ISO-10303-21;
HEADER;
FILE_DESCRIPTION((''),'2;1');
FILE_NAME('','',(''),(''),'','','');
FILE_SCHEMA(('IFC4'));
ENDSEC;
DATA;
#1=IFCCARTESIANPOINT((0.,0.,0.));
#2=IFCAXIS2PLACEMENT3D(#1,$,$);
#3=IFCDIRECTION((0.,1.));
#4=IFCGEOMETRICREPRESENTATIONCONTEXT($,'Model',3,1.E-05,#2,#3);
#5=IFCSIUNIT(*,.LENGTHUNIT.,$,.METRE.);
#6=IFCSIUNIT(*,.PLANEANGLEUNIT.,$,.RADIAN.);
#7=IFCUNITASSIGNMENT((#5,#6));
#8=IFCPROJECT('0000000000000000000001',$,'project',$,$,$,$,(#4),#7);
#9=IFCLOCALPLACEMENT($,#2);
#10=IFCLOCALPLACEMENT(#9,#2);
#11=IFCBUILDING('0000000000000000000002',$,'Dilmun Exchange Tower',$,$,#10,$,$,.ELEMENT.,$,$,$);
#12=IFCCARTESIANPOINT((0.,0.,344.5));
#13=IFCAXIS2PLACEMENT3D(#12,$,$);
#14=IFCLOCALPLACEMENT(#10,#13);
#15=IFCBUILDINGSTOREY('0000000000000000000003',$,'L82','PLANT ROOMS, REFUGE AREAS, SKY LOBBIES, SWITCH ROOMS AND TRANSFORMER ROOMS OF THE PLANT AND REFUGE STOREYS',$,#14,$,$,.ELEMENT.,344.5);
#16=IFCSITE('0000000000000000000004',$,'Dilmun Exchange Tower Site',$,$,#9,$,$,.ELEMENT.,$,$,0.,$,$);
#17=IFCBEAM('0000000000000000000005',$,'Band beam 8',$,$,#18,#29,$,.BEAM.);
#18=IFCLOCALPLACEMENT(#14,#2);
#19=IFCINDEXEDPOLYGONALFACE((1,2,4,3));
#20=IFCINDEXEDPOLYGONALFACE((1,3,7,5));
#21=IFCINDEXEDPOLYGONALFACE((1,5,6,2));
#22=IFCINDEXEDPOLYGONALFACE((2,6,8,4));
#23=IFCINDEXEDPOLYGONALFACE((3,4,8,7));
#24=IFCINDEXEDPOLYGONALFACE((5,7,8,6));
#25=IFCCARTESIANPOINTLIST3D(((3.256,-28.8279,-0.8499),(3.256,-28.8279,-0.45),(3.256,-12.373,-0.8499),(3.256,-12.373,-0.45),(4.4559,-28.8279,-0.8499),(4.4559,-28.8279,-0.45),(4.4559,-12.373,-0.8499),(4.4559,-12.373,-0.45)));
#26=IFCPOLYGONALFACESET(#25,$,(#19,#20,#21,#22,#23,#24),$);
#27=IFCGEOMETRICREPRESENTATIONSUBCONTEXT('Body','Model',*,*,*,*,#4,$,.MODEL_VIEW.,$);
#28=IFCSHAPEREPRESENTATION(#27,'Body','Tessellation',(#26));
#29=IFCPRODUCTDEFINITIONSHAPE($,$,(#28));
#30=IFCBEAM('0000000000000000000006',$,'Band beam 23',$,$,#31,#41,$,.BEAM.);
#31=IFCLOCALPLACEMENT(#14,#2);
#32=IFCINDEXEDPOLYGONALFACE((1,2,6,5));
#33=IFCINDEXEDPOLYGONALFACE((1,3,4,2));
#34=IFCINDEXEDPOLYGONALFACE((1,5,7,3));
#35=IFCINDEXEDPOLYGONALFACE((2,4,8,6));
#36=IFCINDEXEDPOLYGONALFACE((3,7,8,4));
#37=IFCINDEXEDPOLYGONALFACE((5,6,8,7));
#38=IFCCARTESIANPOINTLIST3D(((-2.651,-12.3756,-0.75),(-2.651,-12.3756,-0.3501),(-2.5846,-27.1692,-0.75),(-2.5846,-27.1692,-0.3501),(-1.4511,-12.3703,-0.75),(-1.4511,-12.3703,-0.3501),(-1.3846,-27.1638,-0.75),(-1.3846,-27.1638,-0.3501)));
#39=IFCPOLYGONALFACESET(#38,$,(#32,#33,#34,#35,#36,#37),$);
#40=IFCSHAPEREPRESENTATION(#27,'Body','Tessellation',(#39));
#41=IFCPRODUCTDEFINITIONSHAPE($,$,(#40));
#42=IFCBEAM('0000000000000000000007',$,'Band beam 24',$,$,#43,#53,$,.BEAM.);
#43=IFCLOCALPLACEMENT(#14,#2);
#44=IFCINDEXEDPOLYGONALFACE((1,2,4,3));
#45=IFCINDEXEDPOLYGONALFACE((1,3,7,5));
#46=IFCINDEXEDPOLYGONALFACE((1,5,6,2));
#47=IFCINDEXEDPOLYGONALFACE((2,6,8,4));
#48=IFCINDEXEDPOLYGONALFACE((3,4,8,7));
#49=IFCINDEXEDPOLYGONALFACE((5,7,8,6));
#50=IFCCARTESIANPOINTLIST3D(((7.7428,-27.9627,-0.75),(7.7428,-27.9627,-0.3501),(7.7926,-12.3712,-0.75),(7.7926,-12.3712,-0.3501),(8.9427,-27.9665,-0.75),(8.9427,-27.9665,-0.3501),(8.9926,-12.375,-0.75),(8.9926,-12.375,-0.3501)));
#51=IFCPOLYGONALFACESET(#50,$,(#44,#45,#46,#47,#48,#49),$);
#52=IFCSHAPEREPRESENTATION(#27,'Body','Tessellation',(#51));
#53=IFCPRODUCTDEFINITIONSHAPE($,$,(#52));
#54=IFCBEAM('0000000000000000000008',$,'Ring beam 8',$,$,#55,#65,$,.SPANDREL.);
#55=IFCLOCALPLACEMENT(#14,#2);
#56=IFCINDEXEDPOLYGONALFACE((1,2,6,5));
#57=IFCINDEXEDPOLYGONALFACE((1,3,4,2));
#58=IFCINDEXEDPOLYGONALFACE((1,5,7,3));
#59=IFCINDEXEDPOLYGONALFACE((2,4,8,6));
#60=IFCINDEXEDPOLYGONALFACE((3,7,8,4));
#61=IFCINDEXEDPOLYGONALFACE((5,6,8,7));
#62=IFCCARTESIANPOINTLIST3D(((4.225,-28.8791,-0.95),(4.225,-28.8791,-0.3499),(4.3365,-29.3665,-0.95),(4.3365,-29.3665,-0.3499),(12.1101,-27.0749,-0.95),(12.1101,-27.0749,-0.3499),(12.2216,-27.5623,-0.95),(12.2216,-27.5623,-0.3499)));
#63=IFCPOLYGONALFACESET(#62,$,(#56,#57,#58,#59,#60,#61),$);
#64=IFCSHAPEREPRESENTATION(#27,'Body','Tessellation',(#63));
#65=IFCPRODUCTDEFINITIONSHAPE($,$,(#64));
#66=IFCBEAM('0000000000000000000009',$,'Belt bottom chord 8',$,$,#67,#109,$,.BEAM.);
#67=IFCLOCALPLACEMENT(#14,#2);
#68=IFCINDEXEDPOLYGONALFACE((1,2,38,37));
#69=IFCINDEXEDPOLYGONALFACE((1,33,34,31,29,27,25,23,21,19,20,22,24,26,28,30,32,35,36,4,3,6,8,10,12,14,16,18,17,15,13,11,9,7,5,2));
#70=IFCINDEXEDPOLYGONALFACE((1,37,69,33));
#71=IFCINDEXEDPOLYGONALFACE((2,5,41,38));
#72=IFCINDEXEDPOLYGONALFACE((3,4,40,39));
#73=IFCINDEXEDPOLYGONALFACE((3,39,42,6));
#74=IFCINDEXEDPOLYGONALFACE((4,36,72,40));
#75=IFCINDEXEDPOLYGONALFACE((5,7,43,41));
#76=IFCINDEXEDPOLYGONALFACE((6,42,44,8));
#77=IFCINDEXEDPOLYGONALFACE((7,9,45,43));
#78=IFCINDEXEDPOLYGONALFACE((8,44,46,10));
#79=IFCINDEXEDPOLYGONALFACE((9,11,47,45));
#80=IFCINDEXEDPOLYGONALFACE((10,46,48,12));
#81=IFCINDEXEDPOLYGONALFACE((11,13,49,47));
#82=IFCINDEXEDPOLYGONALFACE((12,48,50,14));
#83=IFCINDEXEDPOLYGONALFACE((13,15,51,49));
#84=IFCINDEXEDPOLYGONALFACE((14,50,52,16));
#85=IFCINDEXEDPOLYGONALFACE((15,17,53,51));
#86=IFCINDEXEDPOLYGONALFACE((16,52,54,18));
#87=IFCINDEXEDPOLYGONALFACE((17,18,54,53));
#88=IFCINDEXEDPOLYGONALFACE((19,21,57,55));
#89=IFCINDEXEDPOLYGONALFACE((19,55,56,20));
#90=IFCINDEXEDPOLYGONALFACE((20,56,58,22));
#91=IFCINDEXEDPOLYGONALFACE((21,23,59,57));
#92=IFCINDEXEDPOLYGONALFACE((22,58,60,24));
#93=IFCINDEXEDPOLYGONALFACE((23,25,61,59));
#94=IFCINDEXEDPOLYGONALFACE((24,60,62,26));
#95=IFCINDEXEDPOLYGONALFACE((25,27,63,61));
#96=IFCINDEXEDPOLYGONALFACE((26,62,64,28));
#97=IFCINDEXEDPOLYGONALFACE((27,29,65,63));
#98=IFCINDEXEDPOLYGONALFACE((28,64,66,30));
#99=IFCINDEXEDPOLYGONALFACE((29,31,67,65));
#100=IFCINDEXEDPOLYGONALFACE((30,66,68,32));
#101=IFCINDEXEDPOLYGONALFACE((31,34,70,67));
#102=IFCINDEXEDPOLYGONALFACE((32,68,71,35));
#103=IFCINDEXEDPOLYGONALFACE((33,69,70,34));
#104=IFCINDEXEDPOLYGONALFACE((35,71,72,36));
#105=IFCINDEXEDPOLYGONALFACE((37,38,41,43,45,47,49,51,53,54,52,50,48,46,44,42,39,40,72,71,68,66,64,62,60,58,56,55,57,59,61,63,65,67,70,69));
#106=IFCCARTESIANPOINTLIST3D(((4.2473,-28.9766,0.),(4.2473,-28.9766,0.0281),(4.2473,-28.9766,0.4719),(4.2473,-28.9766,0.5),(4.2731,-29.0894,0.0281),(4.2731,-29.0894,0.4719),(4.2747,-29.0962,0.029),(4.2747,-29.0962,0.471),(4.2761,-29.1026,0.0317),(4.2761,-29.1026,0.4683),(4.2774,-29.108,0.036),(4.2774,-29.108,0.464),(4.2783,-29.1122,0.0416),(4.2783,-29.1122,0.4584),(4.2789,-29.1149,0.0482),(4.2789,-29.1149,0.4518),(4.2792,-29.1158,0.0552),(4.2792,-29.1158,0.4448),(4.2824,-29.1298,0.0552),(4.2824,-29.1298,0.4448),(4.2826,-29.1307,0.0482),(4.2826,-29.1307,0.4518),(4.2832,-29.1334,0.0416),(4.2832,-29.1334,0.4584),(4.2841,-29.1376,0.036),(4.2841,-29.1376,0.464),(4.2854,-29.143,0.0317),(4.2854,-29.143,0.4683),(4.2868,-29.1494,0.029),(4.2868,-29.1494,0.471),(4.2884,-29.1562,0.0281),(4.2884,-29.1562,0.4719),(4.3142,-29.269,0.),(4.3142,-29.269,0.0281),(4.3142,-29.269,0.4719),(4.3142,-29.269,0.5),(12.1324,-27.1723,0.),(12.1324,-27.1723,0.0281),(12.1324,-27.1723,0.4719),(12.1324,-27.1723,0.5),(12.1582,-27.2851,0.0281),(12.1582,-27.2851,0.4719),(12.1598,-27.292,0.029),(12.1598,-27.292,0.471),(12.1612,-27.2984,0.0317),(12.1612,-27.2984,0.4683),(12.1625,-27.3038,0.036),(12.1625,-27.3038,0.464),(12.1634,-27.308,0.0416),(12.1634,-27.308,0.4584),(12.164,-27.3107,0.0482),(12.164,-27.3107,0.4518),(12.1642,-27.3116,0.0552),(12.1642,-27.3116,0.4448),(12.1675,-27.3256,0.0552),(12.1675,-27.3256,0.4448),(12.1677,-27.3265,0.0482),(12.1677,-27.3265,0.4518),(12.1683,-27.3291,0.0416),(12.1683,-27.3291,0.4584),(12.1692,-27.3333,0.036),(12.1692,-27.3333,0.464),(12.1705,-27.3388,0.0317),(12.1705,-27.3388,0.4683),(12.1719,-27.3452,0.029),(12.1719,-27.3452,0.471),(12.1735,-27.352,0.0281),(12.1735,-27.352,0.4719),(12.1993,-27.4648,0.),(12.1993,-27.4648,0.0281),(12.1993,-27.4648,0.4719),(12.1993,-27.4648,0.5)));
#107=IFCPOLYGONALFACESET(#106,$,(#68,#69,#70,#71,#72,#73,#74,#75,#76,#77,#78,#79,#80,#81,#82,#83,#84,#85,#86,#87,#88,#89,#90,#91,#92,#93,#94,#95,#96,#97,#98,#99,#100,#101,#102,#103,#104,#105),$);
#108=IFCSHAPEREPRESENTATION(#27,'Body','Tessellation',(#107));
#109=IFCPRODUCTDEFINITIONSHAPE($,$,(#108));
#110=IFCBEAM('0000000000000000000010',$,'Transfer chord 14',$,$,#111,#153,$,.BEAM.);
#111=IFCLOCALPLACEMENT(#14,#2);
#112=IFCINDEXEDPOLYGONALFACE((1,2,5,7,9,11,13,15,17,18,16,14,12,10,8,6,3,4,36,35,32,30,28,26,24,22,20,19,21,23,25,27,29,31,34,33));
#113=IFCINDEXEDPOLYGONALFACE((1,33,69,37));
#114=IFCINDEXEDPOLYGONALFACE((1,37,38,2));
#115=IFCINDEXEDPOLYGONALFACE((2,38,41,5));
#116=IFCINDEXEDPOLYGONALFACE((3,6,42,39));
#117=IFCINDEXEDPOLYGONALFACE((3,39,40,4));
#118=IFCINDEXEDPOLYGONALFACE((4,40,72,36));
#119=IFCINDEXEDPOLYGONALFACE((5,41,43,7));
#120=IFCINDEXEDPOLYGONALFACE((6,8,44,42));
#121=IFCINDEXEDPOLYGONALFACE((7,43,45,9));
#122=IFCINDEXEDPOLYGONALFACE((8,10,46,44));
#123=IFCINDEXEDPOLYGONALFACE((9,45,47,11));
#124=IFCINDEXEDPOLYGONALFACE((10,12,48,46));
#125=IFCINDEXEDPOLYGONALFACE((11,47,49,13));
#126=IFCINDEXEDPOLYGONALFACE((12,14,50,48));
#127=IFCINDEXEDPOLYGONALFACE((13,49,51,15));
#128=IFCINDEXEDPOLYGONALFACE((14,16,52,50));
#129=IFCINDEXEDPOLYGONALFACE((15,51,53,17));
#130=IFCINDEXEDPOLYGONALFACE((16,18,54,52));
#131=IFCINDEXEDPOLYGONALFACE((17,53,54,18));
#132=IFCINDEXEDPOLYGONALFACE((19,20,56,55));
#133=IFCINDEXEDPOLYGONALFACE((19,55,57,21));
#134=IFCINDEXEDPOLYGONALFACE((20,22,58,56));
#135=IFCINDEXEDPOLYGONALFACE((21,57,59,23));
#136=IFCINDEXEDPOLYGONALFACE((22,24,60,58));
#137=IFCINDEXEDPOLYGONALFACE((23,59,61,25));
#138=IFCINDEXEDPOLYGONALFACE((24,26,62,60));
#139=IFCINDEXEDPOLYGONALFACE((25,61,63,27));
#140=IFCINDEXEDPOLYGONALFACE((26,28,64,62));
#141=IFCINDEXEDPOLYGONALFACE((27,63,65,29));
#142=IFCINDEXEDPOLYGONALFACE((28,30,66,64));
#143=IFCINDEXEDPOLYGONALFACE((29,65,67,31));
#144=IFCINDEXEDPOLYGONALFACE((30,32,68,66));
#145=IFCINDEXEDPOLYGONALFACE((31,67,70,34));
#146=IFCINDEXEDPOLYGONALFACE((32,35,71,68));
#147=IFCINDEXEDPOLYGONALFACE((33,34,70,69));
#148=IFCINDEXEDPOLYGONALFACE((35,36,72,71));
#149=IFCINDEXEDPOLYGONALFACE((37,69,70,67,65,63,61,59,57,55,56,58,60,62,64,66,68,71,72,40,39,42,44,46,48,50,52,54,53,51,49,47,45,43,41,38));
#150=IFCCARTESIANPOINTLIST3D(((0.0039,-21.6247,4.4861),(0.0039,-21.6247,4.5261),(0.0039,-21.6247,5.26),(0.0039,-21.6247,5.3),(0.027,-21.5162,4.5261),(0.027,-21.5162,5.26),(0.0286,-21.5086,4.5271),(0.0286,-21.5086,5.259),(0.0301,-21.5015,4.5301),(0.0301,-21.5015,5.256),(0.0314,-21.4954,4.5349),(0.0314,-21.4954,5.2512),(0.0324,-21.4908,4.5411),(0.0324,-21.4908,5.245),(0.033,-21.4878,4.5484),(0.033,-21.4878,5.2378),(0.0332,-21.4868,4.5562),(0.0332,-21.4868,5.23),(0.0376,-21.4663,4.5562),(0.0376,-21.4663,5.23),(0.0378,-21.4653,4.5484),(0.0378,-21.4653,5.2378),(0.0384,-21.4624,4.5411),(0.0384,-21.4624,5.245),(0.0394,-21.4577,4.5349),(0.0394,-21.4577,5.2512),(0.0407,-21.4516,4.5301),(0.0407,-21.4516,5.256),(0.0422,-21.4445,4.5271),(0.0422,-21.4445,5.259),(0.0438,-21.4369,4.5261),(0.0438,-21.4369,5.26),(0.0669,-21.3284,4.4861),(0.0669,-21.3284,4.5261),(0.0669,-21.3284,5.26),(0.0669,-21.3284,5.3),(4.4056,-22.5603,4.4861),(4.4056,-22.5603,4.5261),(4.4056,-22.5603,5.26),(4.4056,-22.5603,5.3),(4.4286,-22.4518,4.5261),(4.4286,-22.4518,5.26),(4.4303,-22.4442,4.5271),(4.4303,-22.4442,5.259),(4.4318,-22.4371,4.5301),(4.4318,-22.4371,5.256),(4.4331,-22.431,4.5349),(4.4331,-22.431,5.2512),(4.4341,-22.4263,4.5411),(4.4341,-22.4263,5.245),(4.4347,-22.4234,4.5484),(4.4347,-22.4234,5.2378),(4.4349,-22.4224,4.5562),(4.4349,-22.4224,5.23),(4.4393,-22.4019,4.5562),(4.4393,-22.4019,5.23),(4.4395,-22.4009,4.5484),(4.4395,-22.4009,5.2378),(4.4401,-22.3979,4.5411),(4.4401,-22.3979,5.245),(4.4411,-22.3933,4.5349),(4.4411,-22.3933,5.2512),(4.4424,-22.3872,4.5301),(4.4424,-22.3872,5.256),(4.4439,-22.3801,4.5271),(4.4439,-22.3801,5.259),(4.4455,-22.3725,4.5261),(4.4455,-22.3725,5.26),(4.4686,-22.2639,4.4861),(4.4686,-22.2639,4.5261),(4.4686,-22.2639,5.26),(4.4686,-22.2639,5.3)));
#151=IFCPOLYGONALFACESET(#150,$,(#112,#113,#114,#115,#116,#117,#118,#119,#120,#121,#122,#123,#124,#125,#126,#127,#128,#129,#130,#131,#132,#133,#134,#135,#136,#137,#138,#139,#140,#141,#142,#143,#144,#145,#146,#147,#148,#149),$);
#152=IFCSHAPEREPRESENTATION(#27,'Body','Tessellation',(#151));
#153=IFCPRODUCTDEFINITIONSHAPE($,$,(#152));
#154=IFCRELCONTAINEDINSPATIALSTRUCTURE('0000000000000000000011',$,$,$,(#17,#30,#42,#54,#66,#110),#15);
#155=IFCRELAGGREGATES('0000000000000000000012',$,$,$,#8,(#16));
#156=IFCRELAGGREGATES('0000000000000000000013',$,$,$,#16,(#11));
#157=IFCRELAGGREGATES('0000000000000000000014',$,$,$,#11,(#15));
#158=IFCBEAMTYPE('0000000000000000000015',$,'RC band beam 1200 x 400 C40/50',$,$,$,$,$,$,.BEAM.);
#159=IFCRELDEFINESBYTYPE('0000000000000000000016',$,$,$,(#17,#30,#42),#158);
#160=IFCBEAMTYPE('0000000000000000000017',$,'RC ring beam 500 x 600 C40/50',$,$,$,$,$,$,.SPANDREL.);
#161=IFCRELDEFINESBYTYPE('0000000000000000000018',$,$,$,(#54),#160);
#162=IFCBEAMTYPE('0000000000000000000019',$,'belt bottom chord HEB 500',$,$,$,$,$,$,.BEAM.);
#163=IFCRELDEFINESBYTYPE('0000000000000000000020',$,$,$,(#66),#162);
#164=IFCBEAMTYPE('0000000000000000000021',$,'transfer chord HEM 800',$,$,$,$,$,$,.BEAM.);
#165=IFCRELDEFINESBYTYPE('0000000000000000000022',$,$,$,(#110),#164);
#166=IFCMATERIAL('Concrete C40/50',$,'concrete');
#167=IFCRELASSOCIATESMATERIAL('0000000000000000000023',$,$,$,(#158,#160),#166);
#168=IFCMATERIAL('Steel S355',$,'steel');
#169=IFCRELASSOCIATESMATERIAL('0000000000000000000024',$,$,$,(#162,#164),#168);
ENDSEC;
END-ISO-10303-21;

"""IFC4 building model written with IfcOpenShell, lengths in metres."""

from ifc_helpers import new_model, si_unit, direction, frame, origin, origin_2d, place, context, subcontext, project, spatial, rectangle, i_section, extrude, material, material_profile, profile_set, type_object, element, save


model = new_model("IFC4")

# Units and contexts
model_context = context("Model", 3, precision=1e-05, world=origin(), true_north=direction((0.0, 1.0)))
body_context = subcontext(model_context, "Body", "Model", "MODEL_VIEW")
ifc_project = project(units=[si_unit("LENGTHUNIT", "METRE"), si_unit("PLANEANGLEUNIT", "RADIAN")], contexts=[model_context])

# Site, building, storey
site_placement = place(None, origin())
site = spatial("IfcSite", under=ifc_project, at=site_placement, Name="Dilmun Exchange Tower Site", CompositionType="ELEMENT", RefElevation=0.0)
building_placement = place(site_placement, origin())
building = spatial("IfcBuilding", under=site, at=building_placement, Name="Dilmun Exchange Tower", CompositionType="ELEMENT")
storey_placement = place(building_placement, frame((0.0, 0.0, 344.5)))
storey = spatial("IfcBuildingStorey", under=building, at=storey_placement, Name="L82", Description="PLANT ROOMS, REFUGE AREAS, SKY LOBBIES, SWITCH ROOMS AND TRANSFORMER ROOMS OF THE PLANT AND REFUGE STOREYS", CompositionType="ELEMENT", Elevation=344.5)

# Beams
ifc_material_1 = material(Name="Concrete C40/50", Category="concrete")
ifc_material_profile_1 = material_profile(ifc_material_1, rectangle(XDim=1.2, YDim=0.3999, at=origin_2d()), Name="1200 x 400")
ifc_profile_set_1 = profile_set([ifc_material_profile_1], Name="Concrete C40/50")
beam_type_1 = type_object("IfcBeamType", Name="RC band beam 1200 x 400 C40/50", PredefinedType="BEAM", material=ifc_profile_set_1)
beam_1_placement = place(storey_placement, frame((3.856, -28.8279, -0.6499), z_axis=(0.0, 1.0, 0.0), x_axis=(-1.0, 0.0, 0.0)))
element("IfcBeam", 1, at=beam_1_placement, inside=storey, type_object=beam_type_1, Name="Band beam 8", PredefinedType="BEAM", context=body_context, shape_type="SweptSolid", body=[
    extrude(rectangle(XDim=1.2, YDim=0.3999, at=origin_2d()), origin(), (0.0, 0.0, 1.0), 16.4548),
])
beam_2_placement = place(storey_placement, frame((-1.9846, -27.1665, -0.55), z_axis=(-0.004489, 0.99999, 0.0), x_axis=(-0.99999, -0.004489, 0.0)))
element("IfcBeam", 2, at=beam_2_placement, inside=storey, type_object=beam_type_1, Name="Band beam 23", PredefinedType="BEAM", context=body_context, shape_type="SweptSolid", body=[
    extrude(rectangle(XDim=1.2, YDim=0.3999, at=origin_2d()), origin(), (0.0, 0.0, 1.0), 14.7937),
])
beam_3_placement = place(storey_placement, frame((8.3428, -27.9646, -0.55), z_axis=(0.003194, 0.999995, 0.0), x_axis=(-0.999995, 0.003194, 0.0)))
element("IfcBeam", 3, at=beam_3_placement, inside=storey, type_object=beam_type_1, Name="Band beam 24", PredefinedType="BEAM", context=body_context, shape_type="SweptSolid", body=[
    extrude(rectangle(XDim=1.2, YDim=0.3999, at=origin_2d()), origin(), (0.0, 0.0, 1.0), 15.5916),
])
ifc_material_profile_2 = material_profile(ifc_material_1, rectangle(XDim=0.5, YDim=0.6001, at=origin_2d()), Name="500 x 600")
ifc_profile_set_2 = profile_set([ifc_material_profile_2], Name="Concrete C40/50")
beam_type_2 = type_object("IfcBeamType", Name="RC ring beam 500 x 600 C40/50", PredefinedType="SPANDREL", material=ifc_profile_set_2)
beam_4_placement = place(storey_placement, frame((4.2808, -29.1228, -0.6499), z_axis=(0.974807, 0.223049, 0.0), x_axis=(-0.223049, 0.974807, 0.0)))
element("IfcBeam", 4, at=beam_4_placement, inside=storey, type_object=beam_type_2, Name="Ring beam 8", PredefinedType="SPANDREL", context=body_context, shape_type="SweptSolid", body=[
    extrude(rectangle(XDim=0.5, YDim=0.6001, at=origin_2d()), origin(), (0.0, 0.0, 1.0), 8.0889),
])
ifc_material_2 = material(Name="Steel S355", Category="steel")
ifc_material_profile_3 = material_profile(ifc_material_2, i_section(OverallWidth=0.3, OverallDepth=0.5, WebThickness=0.0144, FlangeThickness=0.0281, FilletRadius=0.0271, at=origin_2d()), Name="HEB 500")
ifc_profile_set_3 = profile_set([ifc_material_profile_3], Name="Steel S355")
beam_type_3 = type_object("IfcBeamType", Name="belt bottom chord HEB 500", PredefinedType="BEAM", material=ifc_profile_set_3)
beam_5_placement = place(storey_placement, frame((4.2808, -29.1228, 0.25), z_axis=(0.974807, 0.223049, 0.0), x_axis=(-0.223049, 0.974807, 0.0)))
element("IfcBeam", 5, at=beam_5_placement, inside=storey, type_object=beam_type_3, Name="Belt bottom chord 8", PredefinedType="BEAM", context=body_context, shape_type="SweptSolid", body=[
    extrude(i_section(OverallWidth=0.3, OverallDepth=0.5, WebThickness=0.0144, FlangeThickness=0.0281, FilletRadius=0.0271, at=origin_2d()), origin(), (0.0, 0.0, 1.0), 8.0889),
])
ifc_material_profile_4 = material_profile(ifc_material_2, i_section(OverallWidth=0.303, OverallDepth=0.814, WebThickness=0.021, FlangeThickness=0.04, FilletRadius=0.03, at=origin_2d()), Name="HEM 800")
ifc_profile_set_4 = profile_set([ifc_material_profile_4], Name="Steel S355")
beam_type_4 = type_object("IfcBeamType", Name="transfer chord HEM 800", PredefinedType="BEAM", material=ifc_profile_set_4)
beam_6_placement = place(storey_placement, frame((0.0354, -21.4766, 4.8931), z_axis=(0.97815, -0.207902, 0.0), x_axis=(0.207902, 0.97815, 0.0)))
element("IfcBeam", 6, at=beam_6_placement, inside=storey, type_object=beam_type_4, Name="Transfer chord 14", PredefinedType="BEAM", context=body_context, shape_type="SweptSolid", body=[
    extrude(i_section(OverallWidth=0.303, OverallDepth=0.814, WebThickness=0.021, FlangeThickness=0.04, FilletRadius=0.03, at=origin_2d()), origin(), (0.0, 0.0, 1.0), 4.5),
])

save(model, "model.ifc")
